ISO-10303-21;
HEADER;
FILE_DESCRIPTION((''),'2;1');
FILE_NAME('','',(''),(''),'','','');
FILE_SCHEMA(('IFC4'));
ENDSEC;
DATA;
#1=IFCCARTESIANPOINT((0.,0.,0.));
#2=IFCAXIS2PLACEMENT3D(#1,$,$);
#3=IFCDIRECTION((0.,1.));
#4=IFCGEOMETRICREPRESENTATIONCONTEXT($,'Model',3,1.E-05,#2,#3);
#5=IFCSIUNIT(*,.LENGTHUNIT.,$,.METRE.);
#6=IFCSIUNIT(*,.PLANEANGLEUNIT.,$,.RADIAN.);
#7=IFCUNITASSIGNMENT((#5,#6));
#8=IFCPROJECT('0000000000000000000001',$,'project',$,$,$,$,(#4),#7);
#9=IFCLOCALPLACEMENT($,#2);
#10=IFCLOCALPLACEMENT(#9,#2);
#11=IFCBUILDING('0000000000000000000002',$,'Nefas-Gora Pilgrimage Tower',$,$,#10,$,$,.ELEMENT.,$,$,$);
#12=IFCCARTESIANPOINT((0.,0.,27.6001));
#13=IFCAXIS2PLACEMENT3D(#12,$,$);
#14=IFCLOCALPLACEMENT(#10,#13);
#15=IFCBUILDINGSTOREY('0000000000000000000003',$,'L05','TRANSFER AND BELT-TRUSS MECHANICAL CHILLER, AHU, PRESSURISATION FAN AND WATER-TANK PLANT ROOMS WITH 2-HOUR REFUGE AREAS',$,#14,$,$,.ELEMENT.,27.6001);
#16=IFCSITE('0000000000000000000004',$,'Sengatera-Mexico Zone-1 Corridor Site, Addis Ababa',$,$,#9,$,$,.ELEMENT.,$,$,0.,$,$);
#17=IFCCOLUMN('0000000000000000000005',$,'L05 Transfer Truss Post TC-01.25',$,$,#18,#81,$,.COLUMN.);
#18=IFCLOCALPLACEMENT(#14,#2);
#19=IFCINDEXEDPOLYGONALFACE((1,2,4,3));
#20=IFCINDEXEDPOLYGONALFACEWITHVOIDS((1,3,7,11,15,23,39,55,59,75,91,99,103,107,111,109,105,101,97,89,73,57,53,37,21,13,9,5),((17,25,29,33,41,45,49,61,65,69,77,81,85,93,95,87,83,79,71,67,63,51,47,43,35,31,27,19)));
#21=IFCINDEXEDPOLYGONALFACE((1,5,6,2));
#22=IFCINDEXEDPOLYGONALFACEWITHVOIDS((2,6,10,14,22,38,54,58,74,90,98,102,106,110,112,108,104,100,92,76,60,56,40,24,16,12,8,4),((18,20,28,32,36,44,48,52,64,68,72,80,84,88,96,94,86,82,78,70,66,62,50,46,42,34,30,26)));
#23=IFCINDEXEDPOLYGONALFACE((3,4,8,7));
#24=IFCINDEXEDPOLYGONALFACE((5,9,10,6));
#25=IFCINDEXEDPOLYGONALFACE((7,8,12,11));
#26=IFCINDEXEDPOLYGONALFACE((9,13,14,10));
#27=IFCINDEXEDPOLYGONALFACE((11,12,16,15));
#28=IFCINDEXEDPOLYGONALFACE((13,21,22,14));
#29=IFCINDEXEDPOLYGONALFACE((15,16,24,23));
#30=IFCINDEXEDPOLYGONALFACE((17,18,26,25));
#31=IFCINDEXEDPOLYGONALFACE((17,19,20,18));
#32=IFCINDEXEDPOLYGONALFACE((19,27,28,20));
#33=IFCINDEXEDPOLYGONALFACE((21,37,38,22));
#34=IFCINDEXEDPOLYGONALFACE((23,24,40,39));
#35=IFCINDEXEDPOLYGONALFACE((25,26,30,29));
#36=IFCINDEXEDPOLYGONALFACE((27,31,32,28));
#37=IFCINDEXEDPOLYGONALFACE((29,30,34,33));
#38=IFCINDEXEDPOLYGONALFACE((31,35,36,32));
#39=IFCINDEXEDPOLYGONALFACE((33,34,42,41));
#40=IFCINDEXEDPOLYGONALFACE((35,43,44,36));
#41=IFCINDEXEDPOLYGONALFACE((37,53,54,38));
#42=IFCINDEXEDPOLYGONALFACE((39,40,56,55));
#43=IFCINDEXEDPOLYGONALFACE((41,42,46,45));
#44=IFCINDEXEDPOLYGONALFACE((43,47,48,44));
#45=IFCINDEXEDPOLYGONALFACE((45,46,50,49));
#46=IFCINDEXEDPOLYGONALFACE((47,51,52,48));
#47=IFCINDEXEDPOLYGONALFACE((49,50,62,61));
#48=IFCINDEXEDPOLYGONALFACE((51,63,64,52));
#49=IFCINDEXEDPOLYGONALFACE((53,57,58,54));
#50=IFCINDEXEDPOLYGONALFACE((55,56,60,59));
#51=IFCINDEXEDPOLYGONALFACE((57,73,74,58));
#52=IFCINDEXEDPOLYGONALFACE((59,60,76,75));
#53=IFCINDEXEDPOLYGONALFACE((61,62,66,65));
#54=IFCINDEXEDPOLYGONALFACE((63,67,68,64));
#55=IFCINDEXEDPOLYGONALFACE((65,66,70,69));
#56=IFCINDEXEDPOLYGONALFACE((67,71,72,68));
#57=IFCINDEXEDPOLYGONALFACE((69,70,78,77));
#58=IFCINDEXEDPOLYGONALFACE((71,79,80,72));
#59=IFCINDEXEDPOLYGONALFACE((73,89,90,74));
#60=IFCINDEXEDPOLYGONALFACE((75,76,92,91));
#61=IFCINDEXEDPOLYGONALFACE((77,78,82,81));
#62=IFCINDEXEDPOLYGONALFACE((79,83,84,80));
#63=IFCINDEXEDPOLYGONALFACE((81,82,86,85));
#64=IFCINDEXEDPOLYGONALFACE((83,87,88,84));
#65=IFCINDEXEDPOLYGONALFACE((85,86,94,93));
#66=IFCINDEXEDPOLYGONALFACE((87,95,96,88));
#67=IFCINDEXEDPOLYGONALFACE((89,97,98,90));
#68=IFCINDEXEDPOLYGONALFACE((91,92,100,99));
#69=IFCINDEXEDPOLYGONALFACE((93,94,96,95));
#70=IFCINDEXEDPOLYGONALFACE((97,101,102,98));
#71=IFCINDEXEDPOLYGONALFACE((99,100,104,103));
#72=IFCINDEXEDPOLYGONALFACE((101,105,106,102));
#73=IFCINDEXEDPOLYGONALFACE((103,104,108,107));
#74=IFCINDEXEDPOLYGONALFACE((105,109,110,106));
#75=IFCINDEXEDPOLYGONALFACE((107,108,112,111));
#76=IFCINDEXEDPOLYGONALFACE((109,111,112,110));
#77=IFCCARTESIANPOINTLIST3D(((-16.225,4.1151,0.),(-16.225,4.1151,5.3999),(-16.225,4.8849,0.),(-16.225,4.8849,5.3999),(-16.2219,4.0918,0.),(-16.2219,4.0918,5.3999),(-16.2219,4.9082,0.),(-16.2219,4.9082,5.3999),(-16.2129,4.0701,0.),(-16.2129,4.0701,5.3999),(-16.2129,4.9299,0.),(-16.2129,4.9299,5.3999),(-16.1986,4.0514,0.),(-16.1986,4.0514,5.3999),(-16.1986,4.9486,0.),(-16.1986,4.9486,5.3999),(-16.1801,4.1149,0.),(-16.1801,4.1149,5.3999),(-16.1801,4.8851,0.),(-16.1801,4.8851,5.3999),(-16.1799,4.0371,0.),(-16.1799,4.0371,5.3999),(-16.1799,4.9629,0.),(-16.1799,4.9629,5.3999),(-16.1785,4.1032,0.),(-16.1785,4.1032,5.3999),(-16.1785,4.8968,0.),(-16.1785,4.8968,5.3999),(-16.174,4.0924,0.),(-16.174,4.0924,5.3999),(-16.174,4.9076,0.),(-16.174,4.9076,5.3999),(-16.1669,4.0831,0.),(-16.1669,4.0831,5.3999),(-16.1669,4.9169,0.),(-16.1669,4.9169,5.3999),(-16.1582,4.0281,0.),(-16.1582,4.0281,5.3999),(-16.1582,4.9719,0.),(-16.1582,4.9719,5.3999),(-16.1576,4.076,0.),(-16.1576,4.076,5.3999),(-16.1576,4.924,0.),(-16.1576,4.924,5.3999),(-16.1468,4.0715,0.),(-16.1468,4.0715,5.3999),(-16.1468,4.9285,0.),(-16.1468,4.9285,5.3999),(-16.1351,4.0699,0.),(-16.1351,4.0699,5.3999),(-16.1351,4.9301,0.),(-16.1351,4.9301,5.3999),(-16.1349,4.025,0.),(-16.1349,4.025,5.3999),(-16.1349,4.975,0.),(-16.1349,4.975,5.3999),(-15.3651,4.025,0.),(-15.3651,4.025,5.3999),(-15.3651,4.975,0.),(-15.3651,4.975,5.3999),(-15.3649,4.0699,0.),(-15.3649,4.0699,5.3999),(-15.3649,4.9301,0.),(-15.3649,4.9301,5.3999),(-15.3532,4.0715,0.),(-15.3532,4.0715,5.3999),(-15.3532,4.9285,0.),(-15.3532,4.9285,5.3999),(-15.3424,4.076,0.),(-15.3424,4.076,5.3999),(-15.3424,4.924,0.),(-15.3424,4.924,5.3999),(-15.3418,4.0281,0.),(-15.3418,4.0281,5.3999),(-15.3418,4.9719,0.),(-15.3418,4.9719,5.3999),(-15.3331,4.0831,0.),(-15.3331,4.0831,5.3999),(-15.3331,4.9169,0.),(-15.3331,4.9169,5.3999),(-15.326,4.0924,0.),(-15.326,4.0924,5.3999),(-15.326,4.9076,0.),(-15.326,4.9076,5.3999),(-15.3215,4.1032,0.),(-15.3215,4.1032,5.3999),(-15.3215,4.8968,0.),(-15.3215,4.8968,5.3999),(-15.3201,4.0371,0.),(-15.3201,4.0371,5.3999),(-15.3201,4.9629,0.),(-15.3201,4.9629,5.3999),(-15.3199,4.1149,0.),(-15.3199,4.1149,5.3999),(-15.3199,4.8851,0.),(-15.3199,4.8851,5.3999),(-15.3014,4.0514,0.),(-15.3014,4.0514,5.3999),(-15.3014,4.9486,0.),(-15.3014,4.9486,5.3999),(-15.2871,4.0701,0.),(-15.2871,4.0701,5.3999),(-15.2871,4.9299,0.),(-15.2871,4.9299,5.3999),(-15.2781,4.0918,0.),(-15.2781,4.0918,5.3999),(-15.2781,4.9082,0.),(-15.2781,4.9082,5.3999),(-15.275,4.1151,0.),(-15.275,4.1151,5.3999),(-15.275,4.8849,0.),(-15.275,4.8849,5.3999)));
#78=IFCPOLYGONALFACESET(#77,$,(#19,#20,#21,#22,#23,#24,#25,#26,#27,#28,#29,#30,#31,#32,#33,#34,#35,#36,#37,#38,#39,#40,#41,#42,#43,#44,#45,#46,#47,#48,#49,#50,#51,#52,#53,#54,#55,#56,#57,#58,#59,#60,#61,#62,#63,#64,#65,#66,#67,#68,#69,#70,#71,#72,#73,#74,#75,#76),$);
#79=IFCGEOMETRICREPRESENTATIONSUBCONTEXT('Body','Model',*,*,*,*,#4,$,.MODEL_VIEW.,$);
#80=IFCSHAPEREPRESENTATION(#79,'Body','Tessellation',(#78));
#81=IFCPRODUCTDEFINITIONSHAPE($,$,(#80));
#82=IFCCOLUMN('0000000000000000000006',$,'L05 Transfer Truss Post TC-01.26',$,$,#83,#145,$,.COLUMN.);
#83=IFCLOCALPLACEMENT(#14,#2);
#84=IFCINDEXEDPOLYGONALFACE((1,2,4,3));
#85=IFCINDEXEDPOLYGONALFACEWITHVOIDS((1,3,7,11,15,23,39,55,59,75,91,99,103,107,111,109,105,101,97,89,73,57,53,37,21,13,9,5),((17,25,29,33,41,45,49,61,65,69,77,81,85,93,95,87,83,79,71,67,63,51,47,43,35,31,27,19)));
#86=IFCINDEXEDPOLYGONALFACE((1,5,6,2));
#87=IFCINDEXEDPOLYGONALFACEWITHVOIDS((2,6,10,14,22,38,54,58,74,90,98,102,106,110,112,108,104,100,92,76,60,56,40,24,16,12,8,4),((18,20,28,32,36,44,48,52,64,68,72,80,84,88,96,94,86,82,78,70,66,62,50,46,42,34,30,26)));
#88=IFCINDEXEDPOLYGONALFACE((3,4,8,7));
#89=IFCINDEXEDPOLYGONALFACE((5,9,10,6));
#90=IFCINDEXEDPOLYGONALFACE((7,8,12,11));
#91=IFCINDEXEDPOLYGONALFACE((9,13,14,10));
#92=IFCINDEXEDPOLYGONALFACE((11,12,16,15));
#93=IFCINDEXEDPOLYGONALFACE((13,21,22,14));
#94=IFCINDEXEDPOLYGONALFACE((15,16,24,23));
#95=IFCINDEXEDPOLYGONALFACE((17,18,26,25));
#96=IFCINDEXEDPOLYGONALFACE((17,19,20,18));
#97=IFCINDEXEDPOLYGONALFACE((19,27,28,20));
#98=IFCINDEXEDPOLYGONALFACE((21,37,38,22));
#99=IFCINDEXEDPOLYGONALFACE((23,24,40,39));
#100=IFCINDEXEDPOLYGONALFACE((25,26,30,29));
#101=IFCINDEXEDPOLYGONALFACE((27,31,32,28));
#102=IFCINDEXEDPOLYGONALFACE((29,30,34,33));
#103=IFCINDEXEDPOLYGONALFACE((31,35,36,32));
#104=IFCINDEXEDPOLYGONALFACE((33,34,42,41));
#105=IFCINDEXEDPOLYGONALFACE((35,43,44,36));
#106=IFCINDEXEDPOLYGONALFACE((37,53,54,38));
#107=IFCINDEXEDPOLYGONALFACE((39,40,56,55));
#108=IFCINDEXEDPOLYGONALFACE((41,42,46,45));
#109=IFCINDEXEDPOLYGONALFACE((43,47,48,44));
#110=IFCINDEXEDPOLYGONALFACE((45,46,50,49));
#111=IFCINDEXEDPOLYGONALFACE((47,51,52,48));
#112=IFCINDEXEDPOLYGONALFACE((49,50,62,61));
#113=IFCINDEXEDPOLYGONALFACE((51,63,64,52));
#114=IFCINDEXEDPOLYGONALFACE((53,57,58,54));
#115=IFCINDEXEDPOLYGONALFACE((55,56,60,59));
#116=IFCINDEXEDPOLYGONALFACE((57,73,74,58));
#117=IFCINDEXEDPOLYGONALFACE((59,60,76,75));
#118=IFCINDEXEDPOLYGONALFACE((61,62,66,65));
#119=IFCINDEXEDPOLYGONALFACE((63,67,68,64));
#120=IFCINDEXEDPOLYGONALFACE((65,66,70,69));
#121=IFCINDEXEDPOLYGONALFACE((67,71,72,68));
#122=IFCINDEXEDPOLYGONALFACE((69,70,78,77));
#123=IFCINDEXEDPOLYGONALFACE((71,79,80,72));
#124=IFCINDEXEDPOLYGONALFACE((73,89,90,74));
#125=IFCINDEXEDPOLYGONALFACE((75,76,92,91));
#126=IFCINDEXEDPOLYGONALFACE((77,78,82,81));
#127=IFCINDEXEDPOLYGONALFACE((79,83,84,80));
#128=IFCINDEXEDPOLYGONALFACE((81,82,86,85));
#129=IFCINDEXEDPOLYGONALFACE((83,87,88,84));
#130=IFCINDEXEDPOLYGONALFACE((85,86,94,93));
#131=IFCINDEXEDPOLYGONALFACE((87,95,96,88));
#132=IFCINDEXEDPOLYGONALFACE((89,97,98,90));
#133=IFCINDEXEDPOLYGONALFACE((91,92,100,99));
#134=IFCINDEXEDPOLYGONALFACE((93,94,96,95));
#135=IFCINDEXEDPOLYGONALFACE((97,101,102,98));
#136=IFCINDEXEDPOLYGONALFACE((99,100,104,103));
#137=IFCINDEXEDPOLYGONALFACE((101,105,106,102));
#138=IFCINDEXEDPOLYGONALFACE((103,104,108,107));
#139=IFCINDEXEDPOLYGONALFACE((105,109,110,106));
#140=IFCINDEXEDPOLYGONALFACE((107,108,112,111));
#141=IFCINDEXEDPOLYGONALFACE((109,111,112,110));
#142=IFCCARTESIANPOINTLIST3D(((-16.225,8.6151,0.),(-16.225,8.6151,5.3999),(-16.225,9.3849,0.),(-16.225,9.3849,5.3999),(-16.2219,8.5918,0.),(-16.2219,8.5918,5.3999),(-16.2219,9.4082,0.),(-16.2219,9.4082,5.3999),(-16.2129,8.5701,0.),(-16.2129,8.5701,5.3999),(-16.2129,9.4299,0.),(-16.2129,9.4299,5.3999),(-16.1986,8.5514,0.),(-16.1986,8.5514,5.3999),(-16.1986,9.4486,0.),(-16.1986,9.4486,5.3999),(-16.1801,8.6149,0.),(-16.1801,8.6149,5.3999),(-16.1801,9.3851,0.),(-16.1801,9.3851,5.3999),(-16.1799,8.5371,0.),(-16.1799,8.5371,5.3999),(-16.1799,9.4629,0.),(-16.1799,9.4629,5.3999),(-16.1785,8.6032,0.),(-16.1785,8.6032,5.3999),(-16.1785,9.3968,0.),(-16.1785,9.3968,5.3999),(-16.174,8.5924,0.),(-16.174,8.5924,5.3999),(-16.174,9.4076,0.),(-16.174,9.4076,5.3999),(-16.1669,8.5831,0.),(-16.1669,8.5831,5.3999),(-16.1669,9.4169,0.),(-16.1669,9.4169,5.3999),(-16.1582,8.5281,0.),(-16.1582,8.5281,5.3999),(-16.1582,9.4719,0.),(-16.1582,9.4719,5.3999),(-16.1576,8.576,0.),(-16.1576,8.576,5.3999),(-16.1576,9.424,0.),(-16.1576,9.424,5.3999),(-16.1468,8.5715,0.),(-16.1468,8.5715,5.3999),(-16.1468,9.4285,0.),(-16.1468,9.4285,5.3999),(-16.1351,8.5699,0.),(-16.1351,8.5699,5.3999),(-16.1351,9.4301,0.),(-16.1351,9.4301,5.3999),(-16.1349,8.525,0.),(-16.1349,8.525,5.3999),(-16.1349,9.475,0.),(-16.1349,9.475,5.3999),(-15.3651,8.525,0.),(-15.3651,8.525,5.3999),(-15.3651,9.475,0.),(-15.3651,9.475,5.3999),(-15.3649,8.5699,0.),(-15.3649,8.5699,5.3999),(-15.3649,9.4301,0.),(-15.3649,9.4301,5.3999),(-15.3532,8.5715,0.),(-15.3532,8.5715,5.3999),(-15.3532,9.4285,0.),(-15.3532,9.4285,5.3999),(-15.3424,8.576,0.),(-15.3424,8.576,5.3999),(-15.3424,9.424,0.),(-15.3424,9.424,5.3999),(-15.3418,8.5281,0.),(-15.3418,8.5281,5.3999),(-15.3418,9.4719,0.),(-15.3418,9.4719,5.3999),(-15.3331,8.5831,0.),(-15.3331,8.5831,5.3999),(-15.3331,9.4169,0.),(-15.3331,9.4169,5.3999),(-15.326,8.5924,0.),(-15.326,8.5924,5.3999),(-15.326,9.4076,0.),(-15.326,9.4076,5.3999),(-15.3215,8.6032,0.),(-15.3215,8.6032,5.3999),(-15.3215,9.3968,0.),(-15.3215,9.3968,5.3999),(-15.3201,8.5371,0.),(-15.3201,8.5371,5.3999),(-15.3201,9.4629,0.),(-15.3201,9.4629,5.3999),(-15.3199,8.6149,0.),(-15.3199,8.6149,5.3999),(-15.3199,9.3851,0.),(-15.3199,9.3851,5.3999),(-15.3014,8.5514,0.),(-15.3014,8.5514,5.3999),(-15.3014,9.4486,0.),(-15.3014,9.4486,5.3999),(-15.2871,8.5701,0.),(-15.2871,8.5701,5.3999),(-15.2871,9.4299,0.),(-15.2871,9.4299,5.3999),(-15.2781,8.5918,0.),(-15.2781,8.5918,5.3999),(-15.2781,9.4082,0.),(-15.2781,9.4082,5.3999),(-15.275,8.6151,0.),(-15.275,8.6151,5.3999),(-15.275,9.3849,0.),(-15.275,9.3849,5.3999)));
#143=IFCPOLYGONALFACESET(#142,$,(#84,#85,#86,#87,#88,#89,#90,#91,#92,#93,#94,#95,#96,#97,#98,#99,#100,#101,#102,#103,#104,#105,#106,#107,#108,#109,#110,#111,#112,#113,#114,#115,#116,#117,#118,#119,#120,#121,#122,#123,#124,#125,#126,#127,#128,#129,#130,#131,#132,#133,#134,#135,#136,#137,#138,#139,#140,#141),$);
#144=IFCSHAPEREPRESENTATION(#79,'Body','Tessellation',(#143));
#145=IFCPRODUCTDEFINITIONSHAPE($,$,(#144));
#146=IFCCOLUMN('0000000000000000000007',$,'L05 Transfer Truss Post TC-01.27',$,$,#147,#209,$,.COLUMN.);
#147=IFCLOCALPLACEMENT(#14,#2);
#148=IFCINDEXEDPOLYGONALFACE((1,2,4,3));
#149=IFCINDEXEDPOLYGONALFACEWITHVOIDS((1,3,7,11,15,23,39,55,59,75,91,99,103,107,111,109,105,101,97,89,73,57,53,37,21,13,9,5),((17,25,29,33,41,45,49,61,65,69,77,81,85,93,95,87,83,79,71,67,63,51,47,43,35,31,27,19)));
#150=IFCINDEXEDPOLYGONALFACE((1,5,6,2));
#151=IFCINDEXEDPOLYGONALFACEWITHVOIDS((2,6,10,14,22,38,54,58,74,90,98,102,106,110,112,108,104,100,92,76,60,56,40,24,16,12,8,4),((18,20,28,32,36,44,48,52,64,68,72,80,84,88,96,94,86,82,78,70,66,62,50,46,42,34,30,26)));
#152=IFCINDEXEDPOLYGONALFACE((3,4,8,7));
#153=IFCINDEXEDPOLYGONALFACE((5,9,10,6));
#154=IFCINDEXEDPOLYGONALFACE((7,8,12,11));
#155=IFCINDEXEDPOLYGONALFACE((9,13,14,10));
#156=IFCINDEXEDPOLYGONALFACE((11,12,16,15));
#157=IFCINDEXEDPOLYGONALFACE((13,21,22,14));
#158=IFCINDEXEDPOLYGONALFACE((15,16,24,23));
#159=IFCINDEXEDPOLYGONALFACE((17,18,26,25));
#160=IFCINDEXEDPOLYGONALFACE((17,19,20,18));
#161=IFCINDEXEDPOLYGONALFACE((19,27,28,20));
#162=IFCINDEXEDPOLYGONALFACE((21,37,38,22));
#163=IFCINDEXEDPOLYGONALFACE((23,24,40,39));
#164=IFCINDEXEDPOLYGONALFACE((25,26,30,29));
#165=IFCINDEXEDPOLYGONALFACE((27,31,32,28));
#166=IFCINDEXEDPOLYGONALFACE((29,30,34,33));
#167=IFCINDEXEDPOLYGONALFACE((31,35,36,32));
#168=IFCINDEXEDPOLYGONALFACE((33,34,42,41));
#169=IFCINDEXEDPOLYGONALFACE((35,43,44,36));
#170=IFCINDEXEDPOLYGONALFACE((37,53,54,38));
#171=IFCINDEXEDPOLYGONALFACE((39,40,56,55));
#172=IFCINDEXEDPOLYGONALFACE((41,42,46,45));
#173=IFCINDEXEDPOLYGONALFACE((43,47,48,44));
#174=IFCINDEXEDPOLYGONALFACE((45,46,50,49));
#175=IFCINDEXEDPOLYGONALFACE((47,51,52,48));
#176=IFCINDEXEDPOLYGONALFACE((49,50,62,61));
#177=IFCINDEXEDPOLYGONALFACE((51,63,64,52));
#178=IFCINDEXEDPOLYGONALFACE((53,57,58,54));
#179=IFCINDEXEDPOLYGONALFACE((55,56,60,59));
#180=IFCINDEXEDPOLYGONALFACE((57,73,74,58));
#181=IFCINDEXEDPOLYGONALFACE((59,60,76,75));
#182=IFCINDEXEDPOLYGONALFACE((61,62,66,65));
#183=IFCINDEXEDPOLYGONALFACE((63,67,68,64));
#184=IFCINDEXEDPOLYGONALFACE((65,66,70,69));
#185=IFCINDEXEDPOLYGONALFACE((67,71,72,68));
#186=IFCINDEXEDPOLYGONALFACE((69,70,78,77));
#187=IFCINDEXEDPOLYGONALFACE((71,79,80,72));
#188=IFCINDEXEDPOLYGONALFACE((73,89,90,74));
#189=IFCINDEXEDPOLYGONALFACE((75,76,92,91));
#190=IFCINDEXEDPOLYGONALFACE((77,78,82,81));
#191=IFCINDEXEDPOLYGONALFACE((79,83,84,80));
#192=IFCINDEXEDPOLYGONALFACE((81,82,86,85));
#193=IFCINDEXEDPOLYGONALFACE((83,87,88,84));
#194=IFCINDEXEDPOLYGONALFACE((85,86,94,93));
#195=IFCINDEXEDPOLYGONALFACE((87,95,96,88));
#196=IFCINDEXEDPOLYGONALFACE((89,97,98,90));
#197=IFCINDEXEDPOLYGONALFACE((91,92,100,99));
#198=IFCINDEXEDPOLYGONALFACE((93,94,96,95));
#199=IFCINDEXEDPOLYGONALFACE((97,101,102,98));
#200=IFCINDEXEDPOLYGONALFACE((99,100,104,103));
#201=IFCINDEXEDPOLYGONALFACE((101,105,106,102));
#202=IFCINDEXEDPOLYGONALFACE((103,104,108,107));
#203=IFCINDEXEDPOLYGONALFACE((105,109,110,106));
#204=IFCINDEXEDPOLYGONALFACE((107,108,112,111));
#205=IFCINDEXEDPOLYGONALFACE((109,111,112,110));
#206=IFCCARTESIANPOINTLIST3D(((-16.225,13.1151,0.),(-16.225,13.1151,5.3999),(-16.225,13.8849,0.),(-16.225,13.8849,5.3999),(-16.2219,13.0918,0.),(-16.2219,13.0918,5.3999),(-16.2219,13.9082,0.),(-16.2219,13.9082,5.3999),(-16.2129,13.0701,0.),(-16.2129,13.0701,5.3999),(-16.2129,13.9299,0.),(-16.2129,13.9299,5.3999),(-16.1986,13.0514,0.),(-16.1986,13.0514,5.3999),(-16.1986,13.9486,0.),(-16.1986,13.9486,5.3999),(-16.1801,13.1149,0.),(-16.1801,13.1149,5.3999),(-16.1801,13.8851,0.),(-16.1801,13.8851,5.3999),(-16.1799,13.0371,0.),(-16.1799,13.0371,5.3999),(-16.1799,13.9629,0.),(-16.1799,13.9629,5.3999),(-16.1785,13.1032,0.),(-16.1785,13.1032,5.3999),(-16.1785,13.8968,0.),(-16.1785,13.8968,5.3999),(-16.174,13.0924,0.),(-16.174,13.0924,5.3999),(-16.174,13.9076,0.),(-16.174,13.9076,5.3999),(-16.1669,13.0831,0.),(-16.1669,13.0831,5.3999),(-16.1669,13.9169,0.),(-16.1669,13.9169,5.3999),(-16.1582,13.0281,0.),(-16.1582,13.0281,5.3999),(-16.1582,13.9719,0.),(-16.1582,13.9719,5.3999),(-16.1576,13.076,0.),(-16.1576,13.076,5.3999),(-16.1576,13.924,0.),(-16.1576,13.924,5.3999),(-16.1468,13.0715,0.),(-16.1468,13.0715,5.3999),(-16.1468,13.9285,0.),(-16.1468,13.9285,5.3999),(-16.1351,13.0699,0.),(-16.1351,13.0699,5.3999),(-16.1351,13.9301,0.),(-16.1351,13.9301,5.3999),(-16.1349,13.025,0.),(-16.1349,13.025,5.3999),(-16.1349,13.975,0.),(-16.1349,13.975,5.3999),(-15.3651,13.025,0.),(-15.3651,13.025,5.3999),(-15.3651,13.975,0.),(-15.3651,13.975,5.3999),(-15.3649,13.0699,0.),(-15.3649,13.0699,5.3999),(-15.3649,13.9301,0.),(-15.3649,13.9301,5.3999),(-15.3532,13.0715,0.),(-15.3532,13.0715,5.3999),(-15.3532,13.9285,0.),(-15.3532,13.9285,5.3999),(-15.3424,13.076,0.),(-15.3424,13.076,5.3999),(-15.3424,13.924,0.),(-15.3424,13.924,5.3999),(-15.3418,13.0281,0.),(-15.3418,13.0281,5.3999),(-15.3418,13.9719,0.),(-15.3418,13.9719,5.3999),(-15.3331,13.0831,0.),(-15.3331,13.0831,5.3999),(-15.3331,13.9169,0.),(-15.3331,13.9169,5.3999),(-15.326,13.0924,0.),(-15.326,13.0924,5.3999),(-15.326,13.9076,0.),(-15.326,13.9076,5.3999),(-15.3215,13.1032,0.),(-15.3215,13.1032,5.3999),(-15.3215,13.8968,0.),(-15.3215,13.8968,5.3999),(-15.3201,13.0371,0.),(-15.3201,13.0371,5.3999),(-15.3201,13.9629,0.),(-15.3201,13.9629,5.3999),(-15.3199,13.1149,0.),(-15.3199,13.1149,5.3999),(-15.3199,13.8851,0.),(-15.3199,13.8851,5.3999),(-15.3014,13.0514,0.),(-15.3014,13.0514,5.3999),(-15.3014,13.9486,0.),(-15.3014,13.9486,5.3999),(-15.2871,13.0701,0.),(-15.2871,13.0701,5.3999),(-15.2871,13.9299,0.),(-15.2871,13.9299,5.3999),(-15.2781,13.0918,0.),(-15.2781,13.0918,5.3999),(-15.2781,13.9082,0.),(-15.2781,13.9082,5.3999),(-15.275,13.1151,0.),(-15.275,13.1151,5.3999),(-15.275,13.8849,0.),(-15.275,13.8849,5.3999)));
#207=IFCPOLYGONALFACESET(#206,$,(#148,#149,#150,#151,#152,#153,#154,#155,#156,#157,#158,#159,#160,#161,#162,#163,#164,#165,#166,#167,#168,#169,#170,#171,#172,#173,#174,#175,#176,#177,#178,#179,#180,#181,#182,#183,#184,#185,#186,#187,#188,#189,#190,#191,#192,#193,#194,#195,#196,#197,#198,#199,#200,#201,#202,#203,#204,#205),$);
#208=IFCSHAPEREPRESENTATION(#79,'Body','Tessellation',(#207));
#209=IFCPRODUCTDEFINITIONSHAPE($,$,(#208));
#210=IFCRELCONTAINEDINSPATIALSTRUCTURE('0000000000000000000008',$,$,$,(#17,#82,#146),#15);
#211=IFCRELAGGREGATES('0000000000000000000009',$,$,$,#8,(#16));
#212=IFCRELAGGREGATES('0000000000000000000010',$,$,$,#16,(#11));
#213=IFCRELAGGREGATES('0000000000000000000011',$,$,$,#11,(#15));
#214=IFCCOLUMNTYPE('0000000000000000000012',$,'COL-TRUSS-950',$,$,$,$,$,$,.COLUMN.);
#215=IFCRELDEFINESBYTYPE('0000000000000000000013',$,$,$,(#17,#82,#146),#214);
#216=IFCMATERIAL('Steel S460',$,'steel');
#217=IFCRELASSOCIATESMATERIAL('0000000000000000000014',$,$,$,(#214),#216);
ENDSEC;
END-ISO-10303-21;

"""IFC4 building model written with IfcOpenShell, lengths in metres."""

from ifc_helpers import new_model, si_unit, direction, frame, origin, origin_2d, place, context, subcontext, project, spatial, hollow_rectangle, extrude, source, transform, mapped, material, material_profile, profile_set, type_object, element, save


model = new_model("IFC4")

# Units and contexts
model_context = context("Model", 3, precision=1e-05, world=origin(), true_north=direction((0.0, 1.0)))
body_context = subcontext(model_context, "Body", "Model", "MODEL_VIEW")
ifc_project = project(units=[si_unit("LENGTHUNIT", "METRE"), si_unit("PLANEANGLEUNIT", "RADIAN")], contexts=[model_context])

# Site, building, storey
site_placement = place(None, origin())
site = spatial("IfcSite", under=ifc_project, at=site_placement, Name="Sengatera-Mexico Zone-1 Corridor Site, Addis Ababa", CompositionType="ELEMENT", RefElevation=0.0)
building_placement = place(site_placement, origin())
building = spatial("IfcBuilding", under=site, at=building_placement, Name="Nefas-Gora Pilgrimage Tower", CompositionType="ELEMENT")
storey_placement = place(building_placement, frame((0.0, 0.0, 27.6001)))
storey = spatial("IfcBuildingStorey", under=building, at=storey_placement, Name="L05", Description="TRANSFER AND BELT-TRUSS MECHANICAL CHILLER, AHU, PRESSURISATION FAN AND WATER-TANK PLANT ROOMS WITH 2-HOUR REFUGE AREAS", CompositionType="ELEMENT", Elevation=27.6001)

# Columns
ifc_material_1 = material(Name="Steel S460", Category="steel")
ifc_material_profile_1 = material_profile(ifc_material_1, hollow_rectangle(XDim=0.95, YDim=0.95, WallThickness=0.0449, InnerFilletRadius=0.0449, OuterFilletRadius=0.0901, at=origin_2d()), Name="BOX 950x950x45")
ifc_profile_set_1 = profile_set([ifc_material_profile_1], Name="Steel S460")
column_type_1 = type_object("IfcColumnType", Name="COL-TRUSS-950", PredefinedType="COLUMN", material=ifc_profile_set_1)
shared_shape_1 = source(origin(), body_context, "Body", "SweptSolid", [
    extrude(hollow_rectangle(XDim=0.95, YDim=0.95, WallThickness=0.0449, InnerFilletRadius=0.0449, OuterFilletRadius=0.0901, at=origin_2d()), origin(), (0.0, 0.0, 1.0), 5.3999),
])
for number, where, z_axis, x_axis, name in (
    (1, (-15.75, 4.5, 0.0), (0.0, 0.0, 1.0), (1.0, 0.0, 0.0), "L05 Transfer Truss Post TC-01.25"),
    (2, (-15.75, 9.0, 0.0), (0.0, 0.0, 1.0), (1.0, 0.0, 0.0), "L05 Transfer Truss Post TC-01.26"),
    (3, (-15.75, 13.5, 0.0), (0.0, 0.0, 1.0), (1.0, 0.0, 0.0), "L05 Transfer Truss Post TC-01.27"),
):
    element("IfcColumn", number, at=place(storey_placement, frame(where, z_axis=z_axis, x_axis=x_axis)), inside=storey, type_object=column_type_1, Name=name, PredefinedType="COLUMN", context=body_context, shape_type="MappedRepresentation", body=[
        mapped(shared_shape_1, transform((0.0, 0.0, 0.0), x_axis=(1.0, 0.0, 0.0), y_axis=(0.0, 1.0, 0.0), z_axis=(0.0, 0.0, 1.0), scale=1.0)),
    ])

save(model, "model.ifc")
